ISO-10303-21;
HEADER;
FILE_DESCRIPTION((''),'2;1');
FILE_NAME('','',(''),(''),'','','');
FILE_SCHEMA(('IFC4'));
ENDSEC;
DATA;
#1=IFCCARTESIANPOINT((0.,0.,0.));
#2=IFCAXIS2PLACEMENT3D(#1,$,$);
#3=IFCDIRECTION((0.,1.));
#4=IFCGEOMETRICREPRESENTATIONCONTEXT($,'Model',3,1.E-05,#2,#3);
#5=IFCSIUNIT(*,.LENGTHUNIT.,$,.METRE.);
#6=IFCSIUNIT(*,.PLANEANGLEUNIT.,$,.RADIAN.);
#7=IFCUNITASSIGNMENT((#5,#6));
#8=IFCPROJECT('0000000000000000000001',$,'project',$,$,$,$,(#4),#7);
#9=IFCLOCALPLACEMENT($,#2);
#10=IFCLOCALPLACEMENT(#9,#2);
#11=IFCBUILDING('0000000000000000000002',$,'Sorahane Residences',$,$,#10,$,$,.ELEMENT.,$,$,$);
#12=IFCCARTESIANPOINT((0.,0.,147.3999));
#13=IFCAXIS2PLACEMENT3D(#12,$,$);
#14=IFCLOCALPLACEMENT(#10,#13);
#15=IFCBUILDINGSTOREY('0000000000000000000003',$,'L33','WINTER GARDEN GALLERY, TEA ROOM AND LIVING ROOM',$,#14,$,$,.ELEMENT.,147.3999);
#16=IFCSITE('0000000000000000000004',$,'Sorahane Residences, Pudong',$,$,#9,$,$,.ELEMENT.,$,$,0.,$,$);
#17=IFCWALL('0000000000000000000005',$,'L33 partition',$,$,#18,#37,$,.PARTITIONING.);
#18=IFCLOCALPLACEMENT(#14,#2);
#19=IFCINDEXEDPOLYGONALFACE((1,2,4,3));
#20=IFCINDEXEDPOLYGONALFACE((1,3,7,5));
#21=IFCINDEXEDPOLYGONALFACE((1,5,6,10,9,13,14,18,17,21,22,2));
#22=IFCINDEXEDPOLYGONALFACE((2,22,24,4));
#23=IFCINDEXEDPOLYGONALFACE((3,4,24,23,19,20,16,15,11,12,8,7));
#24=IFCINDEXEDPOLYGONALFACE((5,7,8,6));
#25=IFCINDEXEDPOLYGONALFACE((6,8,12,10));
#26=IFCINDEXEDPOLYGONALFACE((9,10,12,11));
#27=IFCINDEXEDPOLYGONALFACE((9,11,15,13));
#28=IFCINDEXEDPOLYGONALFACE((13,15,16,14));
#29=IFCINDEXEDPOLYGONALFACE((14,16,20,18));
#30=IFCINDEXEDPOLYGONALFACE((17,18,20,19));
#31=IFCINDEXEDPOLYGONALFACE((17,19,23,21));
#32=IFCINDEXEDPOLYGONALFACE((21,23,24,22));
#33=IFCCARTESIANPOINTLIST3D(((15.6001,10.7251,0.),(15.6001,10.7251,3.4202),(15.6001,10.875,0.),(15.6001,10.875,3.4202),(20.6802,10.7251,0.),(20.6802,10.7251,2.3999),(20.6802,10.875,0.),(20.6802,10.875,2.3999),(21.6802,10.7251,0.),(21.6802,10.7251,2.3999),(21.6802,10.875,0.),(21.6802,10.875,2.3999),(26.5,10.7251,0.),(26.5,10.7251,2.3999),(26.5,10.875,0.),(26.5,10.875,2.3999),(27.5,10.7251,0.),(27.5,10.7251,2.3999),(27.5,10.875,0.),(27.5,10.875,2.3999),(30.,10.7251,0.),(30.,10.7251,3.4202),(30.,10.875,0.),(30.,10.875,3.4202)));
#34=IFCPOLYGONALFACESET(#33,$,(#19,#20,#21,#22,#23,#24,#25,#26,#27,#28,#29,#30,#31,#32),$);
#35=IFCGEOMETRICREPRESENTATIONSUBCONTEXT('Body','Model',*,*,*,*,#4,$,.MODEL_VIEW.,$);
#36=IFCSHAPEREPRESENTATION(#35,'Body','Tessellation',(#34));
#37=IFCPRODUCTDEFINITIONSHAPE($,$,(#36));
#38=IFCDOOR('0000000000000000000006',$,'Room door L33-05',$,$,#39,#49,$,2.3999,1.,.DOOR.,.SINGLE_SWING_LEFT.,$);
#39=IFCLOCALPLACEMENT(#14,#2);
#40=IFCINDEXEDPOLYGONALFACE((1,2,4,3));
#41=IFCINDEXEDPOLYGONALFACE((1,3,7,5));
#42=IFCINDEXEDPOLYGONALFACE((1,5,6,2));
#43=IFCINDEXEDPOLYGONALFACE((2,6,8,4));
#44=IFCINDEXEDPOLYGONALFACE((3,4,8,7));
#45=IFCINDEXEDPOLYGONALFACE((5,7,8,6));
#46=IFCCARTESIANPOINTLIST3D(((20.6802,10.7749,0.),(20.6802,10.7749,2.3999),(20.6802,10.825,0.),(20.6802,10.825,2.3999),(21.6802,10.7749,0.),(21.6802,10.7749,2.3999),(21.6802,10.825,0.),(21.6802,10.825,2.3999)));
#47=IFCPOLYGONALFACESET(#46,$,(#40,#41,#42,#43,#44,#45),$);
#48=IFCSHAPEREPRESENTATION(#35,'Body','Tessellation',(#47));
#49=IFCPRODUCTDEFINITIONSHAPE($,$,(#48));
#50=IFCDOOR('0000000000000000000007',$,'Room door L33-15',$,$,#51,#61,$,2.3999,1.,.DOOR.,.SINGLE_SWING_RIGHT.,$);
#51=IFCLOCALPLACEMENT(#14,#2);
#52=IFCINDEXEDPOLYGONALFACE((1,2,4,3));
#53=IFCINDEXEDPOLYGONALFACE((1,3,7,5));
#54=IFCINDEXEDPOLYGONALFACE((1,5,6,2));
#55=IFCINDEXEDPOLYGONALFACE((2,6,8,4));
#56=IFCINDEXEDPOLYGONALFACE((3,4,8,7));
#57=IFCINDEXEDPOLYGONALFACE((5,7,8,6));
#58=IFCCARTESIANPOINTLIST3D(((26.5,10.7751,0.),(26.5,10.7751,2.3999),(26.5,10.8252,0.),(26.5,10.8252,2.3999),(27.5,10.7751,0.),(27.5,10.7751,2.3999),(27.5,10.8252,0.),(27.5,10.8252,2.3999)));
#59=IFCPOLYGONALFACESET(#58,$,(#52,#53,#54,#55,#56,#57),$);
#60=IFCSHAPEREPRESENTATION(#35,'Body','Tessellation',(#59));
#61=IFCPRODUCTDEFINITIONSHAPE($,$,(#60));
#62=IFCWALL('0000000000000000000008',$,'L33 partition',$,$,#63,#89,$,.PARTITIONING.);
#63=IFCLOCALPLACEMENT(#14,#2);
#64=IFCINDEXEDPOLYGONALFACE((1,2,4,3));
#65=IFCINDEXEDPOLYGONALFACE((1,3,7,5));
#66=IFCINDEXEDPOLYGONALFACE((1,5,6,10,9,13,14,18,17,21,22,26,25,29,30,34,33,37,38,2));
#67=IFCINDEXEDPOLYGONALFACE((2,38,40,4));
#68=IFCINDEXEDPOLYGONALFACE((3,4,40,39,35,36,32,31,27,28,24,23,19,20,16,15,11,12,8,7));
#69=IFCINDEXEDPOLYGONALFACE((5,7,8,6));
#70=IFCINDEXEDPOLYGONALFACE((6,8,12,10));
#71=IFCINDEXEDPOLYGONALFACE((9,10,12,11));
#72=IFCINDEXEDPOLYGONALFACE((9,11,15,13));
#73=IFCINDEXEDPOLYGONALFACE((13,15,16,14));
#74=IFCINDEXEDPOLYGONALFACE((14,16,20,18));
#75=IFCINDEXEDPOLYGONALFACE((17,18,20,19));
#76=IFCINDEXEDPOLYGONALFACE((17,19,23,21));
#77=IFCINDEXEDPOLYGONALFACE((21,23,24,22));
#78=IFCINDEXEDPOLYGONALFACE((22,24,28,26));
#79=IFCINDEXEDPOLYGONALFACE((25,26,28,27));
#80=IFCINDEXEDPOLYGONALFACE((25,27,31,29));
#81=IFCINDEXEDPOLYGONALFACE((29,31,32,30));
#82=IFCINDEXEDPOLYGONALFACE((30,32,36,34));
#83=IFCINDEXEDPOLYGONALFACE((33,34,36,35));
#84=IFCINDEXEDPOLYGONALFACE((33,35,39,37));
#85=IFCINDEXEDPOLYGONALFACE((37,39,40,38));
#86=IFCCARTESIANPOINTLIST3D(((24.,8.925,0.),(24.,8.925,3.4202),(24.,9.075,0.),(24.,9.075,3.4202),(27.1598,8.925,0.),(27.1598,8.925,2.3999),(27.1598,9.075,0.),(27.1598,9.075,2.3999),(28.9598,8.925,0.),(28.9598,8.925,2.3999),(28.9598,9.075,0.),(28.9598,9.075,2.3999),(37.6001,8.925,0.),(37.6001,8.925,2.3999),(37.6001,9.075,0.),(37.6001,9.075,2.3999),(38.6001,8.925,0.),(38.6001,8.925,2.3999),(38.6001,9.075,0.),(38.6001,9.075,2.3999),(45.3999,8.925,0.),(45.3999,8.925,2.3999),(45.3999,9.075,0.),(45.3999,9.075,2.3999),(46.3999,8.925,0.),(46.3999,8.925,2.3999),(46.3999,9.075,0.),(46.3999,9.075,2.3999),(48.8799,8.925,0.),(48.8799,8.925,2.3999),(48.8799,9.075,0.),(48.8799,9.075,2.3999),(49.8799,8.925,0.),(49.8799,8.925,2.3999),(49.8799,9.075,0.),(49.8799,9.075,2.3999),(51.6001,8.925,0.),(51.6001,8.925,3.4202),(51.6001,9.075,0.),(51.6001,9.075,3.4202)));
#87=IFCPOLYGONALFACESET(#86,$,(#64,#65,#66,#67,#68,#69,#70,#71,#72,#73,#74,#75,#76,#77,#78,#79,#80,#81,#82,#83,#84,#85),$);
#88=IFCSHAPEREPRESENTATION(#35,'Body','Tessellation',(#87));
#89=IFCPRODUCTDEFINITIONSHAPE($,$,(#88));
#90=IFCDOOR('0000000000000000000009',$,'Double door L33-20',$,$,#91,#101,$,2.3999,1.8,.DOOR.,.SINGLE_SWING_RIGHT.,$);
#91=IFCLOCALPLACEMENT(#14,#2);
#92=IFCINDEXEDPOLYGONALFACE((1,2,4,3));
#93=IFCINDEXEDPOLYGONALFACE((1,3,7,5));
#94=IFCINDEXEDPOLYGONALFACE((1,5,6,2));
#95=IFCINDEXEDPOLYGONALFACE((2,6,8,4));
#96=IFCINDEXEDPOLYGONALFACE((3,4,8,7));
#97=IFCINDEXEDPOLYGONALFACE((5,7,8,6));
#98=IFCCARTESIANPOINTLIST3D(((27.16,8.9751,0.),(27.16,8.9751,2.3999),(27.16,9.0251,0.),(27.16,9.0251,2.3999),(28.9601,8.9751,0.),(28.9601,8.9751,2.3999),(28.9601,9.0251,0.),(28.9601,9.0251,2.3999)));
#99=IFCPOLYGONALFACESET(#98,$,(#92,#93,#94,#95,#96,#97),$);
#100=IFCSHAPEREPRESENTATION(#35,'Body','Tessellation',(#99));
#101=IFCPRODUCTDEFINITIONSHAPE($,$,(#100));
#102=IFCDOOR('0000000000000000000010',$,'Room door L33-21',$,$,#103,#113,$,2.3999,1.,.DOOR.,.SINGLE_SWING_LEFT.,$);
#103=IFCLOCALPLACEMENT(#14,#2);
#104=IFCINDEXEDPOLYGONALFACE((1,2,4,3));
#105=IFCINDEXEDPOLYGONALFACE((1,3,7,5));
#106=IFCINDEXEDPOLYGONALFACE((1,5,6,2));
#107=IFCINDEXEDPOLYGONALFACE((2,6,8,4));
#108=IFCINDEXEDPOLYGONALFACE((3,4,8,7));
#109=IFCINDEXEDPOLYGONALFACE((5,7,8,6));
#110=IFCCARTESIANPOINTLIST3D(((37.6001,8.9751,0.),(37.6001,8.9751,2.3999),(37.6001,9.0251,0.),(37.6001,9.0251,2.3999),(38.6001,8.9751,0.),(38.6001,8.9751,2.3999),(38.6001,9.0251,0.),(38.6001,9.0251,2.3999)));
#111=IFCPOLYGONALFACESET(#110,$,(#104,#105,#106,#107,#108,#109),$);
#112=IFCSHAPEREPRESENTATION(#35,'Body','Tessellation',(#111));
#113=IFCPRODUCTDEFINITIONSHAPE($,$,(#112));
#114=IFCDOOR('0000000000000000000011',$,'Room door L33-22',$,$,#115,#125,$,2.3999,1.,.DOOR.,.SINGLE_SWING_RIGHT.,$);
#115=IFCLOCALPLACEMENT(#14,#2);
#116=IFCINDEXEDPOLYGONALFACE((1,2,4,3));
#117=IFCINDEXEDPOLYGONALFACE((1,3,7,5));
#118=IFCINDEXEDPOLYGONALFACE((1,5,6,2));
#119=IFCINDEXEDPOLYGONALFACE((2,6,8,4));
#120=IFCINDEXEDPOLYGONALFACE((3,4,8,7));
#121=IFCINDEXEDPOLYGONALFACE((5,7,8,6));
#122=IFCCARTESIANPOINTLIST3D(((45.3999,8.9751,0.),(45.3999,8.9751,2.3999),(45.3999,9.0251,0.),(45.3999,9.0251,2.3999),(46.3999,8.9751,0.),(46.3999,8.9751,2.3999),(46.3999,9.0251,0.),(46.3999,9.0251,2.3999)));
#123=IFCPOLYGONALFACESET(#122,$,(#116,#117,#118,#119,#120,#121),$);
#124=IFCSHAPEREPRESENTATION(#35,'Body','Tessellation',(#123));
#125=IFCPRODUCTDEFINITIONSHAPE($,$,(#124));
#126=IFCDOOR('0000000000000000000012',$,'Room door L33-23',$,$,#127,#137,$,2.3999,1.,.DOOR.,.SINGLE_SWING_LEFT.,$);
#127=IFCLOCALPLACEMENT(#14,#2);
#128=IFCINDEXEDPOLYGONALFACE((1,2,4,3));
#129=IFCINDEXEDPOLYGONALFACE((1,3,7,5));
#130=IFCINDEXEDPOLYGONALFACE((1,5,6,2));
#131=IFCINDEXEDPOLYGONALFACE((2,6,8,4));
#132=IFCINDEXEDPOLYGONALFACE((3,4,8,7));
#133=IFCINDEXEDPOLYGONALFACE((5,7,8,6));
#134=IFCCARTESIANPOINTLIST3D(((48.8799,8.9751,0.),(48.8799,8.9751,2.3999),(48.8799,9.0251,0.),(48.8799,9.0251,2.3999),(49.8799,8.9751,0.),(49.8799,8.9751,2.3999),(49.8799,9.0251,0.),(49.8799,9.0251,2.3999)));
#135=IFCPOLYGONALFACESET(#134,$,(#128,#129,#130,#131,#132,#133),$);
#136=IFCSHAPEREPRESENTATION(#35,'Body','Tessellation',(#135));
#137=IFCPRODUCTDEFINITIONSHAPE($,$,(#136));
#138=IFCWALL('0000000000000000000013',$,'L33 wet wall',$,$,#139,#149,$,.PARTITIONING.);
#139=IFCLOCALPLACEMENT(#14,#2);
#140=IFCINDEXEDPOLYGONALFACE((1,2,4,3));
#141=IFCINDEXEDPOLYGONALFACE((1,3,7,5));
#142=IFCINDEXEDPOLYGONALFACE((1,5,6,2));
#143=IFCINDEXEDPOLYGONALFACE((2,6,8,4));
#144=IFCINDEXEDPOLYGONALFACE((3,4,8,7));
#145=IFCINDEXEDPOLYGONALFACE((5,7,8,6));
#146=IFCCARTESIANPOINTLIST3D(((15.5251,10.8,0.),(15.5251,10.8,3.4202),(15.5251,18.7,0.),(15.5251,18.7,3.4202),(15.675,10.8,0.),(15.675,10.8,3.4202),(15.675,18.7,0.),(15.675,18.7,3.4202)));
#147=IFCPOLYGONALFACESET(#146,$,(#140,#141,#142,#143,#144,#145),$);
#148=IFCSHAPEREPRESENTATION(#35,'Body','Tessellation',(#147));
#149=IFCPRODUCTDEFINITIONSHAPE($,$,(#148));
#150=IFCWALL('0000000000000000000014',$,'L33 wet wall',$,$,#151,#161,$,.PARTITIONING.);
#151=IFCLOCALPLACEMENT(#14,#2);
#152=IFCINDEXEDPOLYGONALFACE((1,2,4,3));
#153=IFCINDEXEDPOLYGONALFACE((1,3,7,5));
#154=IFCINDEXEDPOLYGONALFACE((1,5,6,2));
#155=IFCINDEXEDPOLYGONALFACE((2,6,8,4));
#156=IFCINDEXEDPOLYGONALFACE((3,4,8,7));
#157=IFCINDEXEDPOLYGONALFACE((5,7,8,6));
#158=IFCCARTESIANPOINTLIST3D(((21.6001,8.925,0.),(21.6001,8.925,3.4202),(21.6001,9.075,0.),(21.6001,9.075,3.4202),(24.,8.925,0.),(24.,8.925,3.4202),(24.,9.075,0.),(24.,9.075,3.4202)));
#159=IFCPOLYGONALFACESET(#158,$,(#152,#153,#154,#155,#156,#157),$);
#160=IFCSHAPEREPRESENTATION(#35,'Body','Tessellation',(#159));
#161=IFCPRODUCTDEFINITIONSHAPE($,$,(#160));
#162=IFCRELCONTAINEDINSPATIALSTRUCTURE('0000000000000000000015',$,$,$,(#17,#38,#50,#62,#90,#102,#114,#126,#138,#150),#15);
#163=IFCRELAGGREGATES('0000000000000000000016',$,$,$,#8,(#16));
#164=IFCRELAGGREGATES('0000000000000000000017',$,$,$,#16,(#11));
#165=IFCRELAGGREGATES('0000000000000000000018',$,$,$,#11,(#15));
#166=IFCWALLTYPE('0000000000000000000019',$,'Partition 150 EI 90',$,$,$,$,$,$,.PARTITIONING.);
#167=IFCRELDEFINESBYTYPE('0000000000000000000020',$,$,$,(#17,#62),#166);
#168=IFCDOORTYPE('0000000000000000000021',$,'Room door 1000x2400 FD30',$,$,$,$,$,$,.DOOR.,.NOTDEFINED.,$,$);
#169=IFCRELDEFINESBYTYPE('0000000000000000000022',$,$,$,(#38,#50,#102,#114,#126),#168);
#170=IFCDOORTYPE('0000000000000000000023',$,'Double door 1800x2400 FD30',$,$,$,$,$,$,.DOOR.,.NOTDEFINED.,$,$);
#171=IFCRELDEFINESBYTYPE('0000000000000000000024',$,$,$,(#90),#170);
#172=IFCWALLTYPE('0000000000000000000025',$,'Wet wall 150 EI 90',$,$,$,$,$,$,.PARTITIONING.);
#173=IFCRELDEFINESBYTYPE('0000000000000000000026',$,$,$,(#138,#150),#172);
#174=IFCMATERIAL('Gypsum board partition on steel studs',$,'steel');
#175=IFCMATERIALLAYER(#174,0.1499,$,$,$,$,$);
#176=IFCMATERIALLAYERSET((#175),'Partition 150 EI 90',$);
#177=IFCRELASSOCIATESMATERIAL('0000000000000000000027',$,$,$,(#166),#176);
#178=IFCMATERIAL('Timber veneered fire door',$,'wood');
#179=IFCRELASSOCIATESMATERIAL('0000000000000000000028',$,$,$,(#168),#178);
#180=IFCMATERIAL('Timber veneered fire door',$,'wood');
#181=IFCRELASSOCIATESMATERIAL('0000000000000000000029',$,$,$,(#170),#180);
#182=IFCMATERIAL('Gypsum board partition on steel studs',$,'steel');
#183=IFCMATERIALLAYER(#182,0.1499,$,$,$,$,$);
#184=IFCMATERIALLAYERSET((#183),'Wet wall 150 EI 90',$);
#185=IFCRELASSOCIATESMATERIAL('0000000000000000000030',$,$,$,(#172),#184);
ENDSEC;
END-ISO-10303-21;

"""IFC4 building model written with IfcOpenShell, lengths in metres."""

from ifc_helpers import new_model, si_unit, direction, frame, frame_2d, origin, place, context, subcontext, project, spatial, rectangle, extrude, material, layer, layer_set, type_object, element, fill, save


model = new_model("IFC4")

# Units and contexts
model_context = context("Model", 3, precision=1e-05, world=origin(), true_north=direction((0.0, 1.0)))
body_context = subcontext(model_context, "Body", "Model", "MODEL_VIEW")
ifc_project = project(units=[si_unit("LENGTHUNIT", "METRE"), si_unit("PLANEANGLEUNIT", "RADIAN")], contexts=[model_context])

# Site, building, storey
site_placement = place(None, origin())
site = spatial("IfcSite", under=ifc_project, at=site_placement, Name="Sorahane Residences, Pudong", CompositionType="ELEMENT", RefElevation=0.0)
building_placement = place(site_placement, origin())
building = spatial("IfcBuilding", under=site, at=building_placement, Name="Sorahane Residences", CompositionType="ELEMENT")
storey_placement = place(building_placement, frame((0.0, 0.0, 147.3999)))
storey = spatial("IfcBuildingStorey", under=building, at=storey_placement, Name="L33", Description="WINTER GARDEN GALLERY, TEA ROOM AND LIVING ROOM", CompositionType="ELEMENT", Elevation=147.3999)

# Walls, openings, doors
ifc_material_1 = material(Name="Gypsum board partition on steel studs", Category="steel")
ifc_layer_1 = layer(ifc_material_1, 0.1499)
ifc_layer_set_1 = layer_set([ifc_layer_1], Name="Partition 150 EI 90")
wall_type_1 = type_object("IfcWallType", Name="Partition 150 EI 90", PredefinedType="PARTITIONING", material=ifc_layer_set_1)
wall_1_placement = place(storey_placement, frame((15.6001, 10.8, 0.0), z_axis=(0.0, 0.0, 1.0), x_axis=(1.0, 0.0, 0.0)))
wall_1 = element("IfcWall", 1, at=wall_1_placement, inside=storey, type_object=wall_type_1, Name="L33 partition", PredefinedType="PARTITIONING", context=body_context, shape_type="SweptSolid", body=[
    extrude(rectangle(XDim=14.3999, YDim=0.1499, at=frame_2d((7.2, 0.0))), origin(), (0.0, 0.0, 1.0), 3.4202),
])
opening_1_placement = place(wall_1_placement, frame((5.0801, 0.0, 0.0)))
opening_1 = element("IfcOpeningElement", 2, at=opening_1_placement, cuts=wall_1, PredefinedType="OPENING", context=body_context, shape_type="SweptSolid", body=[
    extrude(rectangle(XDim=1.0, YDim=2.3999, at=frame_2d((0.5, 1.2))), frame((0.0, 0.085, 0.0), z_axis=(0.0, -1.0, 0.0), x_axis=(1.0, 0.0, 0.0)), (0.0, 0.0, 1.0), 0.1699),
])
opening_2_placement = place(wall_1_placement, frame((10.8999, 0.0, 0.0)))
opening_2 = element("IfcOpeningElement", 3, at=opening_2_placement, cuts=wall_1, PredefinedType="OPENING", context=body_context, shape_type="SweptSolid", body=[
    extrude(rectangle(XDim=1.0, YDim=2.3999, at=frame_2d((0.5, 1.2))), frame((0.0, 0.085, 0.0), z_axis=(0.0, -1.0, 0.0), x_axis=(1.0, 0.0, 0.0)), (0.0, 0.0, 1.0), 0.1699),
])
ifc_material_2 = material(Name="Timber veneered fire door", Category="wood")
door_type_1 = type_object("IfcDoorType", Name="Room door 1000x2400 FD30", OperationType="NOTDEFINED", PredefinedType="DOOR", material=ifc_material_2)
door_1_placement = place(opening_1_placement, origin())
door_1 = element("IfcDoor", 4, at=door_1_placement, inside=storey, type_object=door_type_1, Name="Room door L33-05", OperationType="SINGLE_SWING_LEFT", OverallHeight=2.3999, OverallWidth=1.0, PredefinedType="DOOR", context=body_context, shape_type="SweptSolid", body=[
    extrude(rectangle(XDim=1.0, YDim=2.3999, at=frame_2d((0.5, 1.2))), frame((0.0, 0.0249, 0.0), z_axis=(0.0, -1.0, 0.0), x_axis=(1.0, 0.0, 0.0)), (0.0, 0.0, 1.0), 0.05),
])
fill(opening_1, door_1)
door_2_placement = place(opening_2_placement, frame((1.0, 0.0, 0.0), z_axis=(0.0, 0.0, 1.0), x_axis=(-1.0, 0.0, 0.0)))
door_2 = element("IfcDoor", 5, at=door_2_placement, inside=storey, type_object=door_type_1, Name="Room door L33-15", OperationType="SINGLE_SWING_RIGHT", OverallHeight=2.3999, OverallWidth=1.0, PredefinedType="DOOR", context=body_context, shape_type="SweptSolid", body=[
    extrude(rectangle(XDim=1.0, YDim=2.3999, at=frame_2d((0.5, 1.2))), frame((0.0, 0.0249, 0.0), z_axis=(0.0, -1.0, 0.0), x_axis=(1.0, 0.0, 0.0)), (0.0, 0.0, 1.0), 0.05),
])
fill(opening_2, door_2)
wall_2_placement = place(storey_placement, frame((24.0, 9.0, 0.0), z_axis=(0.0, 0.0, 1.0), x_axis=(1.0, 0.0, 0.0)))
wall_2 = element("IfcWall", 6, at=wall_2_placement, inside=storey, type_object=wall_type_1, Name="L33 partition", PredefinedType="PARTITIONING", context=body_context, shape_type="SweptSolid", body=[
    extrude(rectangle(XDim=27.6001, YDim=0.1499, at=frame_2d((13.8, 0.0))), origin(), (0.0, 0.0, 1.0), 3.4202),
])
opening_3_placement = place(wall_2_placement, frame((3.1599, 0.0, 0.0)))
opening_3 = element("IfcOpeningElement", 7, at=opening_3_placement, cuts=wall_2, PredefinedType="OPENING", context=body_context, shape_type="SweptSolid", body=[
    extrude(rectangle(XDim=1.8, YDim=2.3999, at=frame_2d((0.8999, 1.2))), frame((0.0, 0.085, 0.0), z_axis=(0.0, -1.0, 0.0), x_axis=(1.0, 0.0, 0.0)), (0.0, 0.0, 1.0), 0.1699),
])
opening_4_placement = place(wall_2_placement, frame((13.6001, 0.0, 0.0)))
opening_4 = element("IfcOpeningElement", 8, at=opening_4_placement, cuts=wall_2, PredefinedType="OPENING", context=body_context, shape_type="SweptSolid", body=[
    extrude(rectangle(XDim=1.0, YDim=2.3999, at=frame_2d((0.5, 1.2))), frame((0.0, 0.085, 0.0), z_axis=(0.0, -1.0, 0.0), x_axis=(1.0, 0.0, 0.0)), (0.0, 0.0, 1.0), 0.1699),
])
opening_5_placement = place(wall_2_placement, frame((21.3999, 0.0, 0.0)))
opening_5 = element("IfcOpeningElement", 9, at=opening_5_placement, cuts=wall_2, PredefinedType="OPENING", context=body_context, shape_type="SweptSolid", body=[
    extrude(rectangle(XDim=1.0, YDim=2.3999, at=frame_2d((0.5, 1.2))), frame((0.0, 0.085, 0.0), z_axis=(0.0, -1.0, 0.0), x_axis=(1.0, 0.0, 0.0)), (0.0, 0.0, 1.0), 0.1699),
])
opening_6_placement = place(wall_2_placement, frame((24.8799, 0.0, 0.0)))
opening_6 = element("IfcOpeningElement", 10, at=opening_6_placement, cuts=wall_2, PredefinedType="OPENING", context=body_context, shape_type="SweptSolid", body=[
    extrude(rectangle(XDim=1.0, YDim=2.3999, at=frame_2d((0.5, 1.2))), frame((0.0, 0.085, 0.0), z_axis=(0.0, -1.0, 0.0), x_axis=(1.0, 0.0, 0.0)), (0.0, 0.0, 1.0), 0.1699),
])
ifc_material_3 = material(Name="Timber veneered fire door", Category="wood")
door_type_2 = type_object("IfcDoorType", Name="Double door 1800x2400 FD30", OperationType="NOTDEFINED", PredefinedType="DOOR", material=ifc_material_3)
door_3_placement = place(opening_3_placement, frame((1.8, 0.0, 0.0), z_axis=(0.0, 0.0, 1.0), x_axis=(-1.0, 0.0, 0.0)))
door_3 = element("IfcDoor", 11, at=door_3_placement, inside=storey, type_object=door_type_2, Name="Double door L33-20", OperationType="SINGLE_SWING_RIGHT", OverallHeight=2.3999, OverallWidth=1.8, PredefinedType="DOOR", context=body_context, shape_type="SweptSolid", body=[
    extrude(rectangle(XDim=1.8, YDim=2.3999, at=frame_2d((0.8999, 1.2))), frame((0.0, 0.0249, 0.0), z_axis=(0.0, -1.0, 0.0), x_axis=(1.0, 0.0, 0.0)), (0.0, 0.0, 1.0), 0.05),
])
fill(opening_3, door_3)
door_4_placement = place(opening_4_placement, frame((1.0, 0.0, 0.0), z_axis=(0.0, 0.0, 1.0), x_axis=(-1.0, 0.0, 0.0)))
door_4 = element("IfcDoor", 12, at=door_4_placement, inside=storey, type_object=door_type_1, Name="Room door L33-21", OperationType="SINGLE_SWING_LEFT", OverallHeight=2.3999, OverallWidth=1.0, PredefinedType="DOOR", context=body_context, shape_type="SweptSolid", body=[
    extrude(rectangle(XDim=1.0, YDim=2.3999, at=frame_2d((0.5, 1.2))), frame((0.0, 0.0249, 0.0), z_axis=(0.0, -1.0, 0.0), x_axis=(1.0, 0.0, 0.0)), (0.0, 0.0, 1.0), 0.05),
])
fill(opening_4, door_4)
door_5_placement = place(opening_5_placement, frame((1.0, 0.0, 0.0), z_axis=(0.0, 0.0, 1.0), x_axis=(-1.0, 0.0, 0.0)))
door_5 = element("IfcDoor", 13, at=door_5_placement, inside=storey, type_object=door_type_1, Name="Room door L33-22", OperationType="SINGLE_SWING_RIGHT", OverallHeight=2.3999, OverallWidth=1.0, PredefinedType="DOOR", context=body_context, shape_type="SweptSolid", body=[
    extrude(rectangle(XDim=1.0, YDim=2.3999, at=frame_2d((0.5, 1.2))), frame((0.0, 0.0249, 0.0), z_axis=(0.0, -1.0, 0.0), x_axis=(1.0, 0.0, 0.0)), (0.0, 0.0, 1.0), 0.05),
])
fill(opening_5, door_5)
door_6_placement = place(opening_6_placement, frame((1.0, 0.0, 0.0), z_axis=(0.0, 0.0, 1.0), x_axis=(-1.0, 0.0, 0.0)))
door_6 = element("IfcDoor", 14, at=door_6_placement, inside=storey, type_object=door_type_1, Name="Room door L33-23", OperationType="SINGLE_SWING_LEFT", OverallHeight=2.3999, OverallWidth=1.0, PredefinedType="DOOR", context=body_context, shape_type="SweptSolid", body=[
    extrude(rectangle(XDim=1.0, YDim=2.3999, at=frame_2d((0.5, 1.2))), frame((0.0, 0.0249, 0.0), z_axis=(0.0, -1.0, 0.0), x_axis=(1.0, 0.0, 0.0)), (0.0, 0.0, 1.0), 0.05),
])
fill(opening_6, door_6)

# Wall
ifc_material_4 = material(Name="Gypsum board partition on steel studs", Category="steel")
ifc_layer_2 = layer(ifc_material_4, 0.1499)
ifc_layer_set_2 = layer_set([ifc_layer_2], Name="Wet wall 150 EI 90")
wall_type_2 = type_object("IfcWallType", Name="Wet wall 150 EI 90", PredefinedType="PARTITIONING", material=ifc_layer_set_2)
wall_3_placement = place(storey_placement, frame((15.6001, 10.8, 0.0), z_axis=(0.0, 0.0, 1.0), x_axis=(0.0, 1.0, 0.0)))
element("IfcWall", 15, at=wall_3_placement, inside=storey, type_object=wall_type_2, Name="L33 wet wall", PredefinedType="PARTITIONING", context=body_context, shape_type="SweptSolid", body=[
    extrude(rectangle(XDim=7.8999, YDim=0.1499, at=frame_2d((3.95, 0.0))), origin(), (0.0, 0.0, 1.0), 3.4202),
])

# Wall
wall_4_placement = place(storey_placement, frame((21.6001, 9.0, 0.0), z_axis=(0.0, 0.0, 1.0), x_axis=(1.0, 0.0, 0.0)))
element("IfcWall", 16, at=wall_4_placement, inside=storey, type_object=wall_type_2, Name="L33 wet wall", PredefinedType="PARTITIONING", context=body_context, shape_type="SweptSolid", body=[
    extrude(rectangle(XDim=2.3999, YDim=0.1499, at=frame_2d((1.2, 0.0))), origin(), (0.0, 0.0, 1.0), 3.4202),
])

save(model, "model.ifc")
